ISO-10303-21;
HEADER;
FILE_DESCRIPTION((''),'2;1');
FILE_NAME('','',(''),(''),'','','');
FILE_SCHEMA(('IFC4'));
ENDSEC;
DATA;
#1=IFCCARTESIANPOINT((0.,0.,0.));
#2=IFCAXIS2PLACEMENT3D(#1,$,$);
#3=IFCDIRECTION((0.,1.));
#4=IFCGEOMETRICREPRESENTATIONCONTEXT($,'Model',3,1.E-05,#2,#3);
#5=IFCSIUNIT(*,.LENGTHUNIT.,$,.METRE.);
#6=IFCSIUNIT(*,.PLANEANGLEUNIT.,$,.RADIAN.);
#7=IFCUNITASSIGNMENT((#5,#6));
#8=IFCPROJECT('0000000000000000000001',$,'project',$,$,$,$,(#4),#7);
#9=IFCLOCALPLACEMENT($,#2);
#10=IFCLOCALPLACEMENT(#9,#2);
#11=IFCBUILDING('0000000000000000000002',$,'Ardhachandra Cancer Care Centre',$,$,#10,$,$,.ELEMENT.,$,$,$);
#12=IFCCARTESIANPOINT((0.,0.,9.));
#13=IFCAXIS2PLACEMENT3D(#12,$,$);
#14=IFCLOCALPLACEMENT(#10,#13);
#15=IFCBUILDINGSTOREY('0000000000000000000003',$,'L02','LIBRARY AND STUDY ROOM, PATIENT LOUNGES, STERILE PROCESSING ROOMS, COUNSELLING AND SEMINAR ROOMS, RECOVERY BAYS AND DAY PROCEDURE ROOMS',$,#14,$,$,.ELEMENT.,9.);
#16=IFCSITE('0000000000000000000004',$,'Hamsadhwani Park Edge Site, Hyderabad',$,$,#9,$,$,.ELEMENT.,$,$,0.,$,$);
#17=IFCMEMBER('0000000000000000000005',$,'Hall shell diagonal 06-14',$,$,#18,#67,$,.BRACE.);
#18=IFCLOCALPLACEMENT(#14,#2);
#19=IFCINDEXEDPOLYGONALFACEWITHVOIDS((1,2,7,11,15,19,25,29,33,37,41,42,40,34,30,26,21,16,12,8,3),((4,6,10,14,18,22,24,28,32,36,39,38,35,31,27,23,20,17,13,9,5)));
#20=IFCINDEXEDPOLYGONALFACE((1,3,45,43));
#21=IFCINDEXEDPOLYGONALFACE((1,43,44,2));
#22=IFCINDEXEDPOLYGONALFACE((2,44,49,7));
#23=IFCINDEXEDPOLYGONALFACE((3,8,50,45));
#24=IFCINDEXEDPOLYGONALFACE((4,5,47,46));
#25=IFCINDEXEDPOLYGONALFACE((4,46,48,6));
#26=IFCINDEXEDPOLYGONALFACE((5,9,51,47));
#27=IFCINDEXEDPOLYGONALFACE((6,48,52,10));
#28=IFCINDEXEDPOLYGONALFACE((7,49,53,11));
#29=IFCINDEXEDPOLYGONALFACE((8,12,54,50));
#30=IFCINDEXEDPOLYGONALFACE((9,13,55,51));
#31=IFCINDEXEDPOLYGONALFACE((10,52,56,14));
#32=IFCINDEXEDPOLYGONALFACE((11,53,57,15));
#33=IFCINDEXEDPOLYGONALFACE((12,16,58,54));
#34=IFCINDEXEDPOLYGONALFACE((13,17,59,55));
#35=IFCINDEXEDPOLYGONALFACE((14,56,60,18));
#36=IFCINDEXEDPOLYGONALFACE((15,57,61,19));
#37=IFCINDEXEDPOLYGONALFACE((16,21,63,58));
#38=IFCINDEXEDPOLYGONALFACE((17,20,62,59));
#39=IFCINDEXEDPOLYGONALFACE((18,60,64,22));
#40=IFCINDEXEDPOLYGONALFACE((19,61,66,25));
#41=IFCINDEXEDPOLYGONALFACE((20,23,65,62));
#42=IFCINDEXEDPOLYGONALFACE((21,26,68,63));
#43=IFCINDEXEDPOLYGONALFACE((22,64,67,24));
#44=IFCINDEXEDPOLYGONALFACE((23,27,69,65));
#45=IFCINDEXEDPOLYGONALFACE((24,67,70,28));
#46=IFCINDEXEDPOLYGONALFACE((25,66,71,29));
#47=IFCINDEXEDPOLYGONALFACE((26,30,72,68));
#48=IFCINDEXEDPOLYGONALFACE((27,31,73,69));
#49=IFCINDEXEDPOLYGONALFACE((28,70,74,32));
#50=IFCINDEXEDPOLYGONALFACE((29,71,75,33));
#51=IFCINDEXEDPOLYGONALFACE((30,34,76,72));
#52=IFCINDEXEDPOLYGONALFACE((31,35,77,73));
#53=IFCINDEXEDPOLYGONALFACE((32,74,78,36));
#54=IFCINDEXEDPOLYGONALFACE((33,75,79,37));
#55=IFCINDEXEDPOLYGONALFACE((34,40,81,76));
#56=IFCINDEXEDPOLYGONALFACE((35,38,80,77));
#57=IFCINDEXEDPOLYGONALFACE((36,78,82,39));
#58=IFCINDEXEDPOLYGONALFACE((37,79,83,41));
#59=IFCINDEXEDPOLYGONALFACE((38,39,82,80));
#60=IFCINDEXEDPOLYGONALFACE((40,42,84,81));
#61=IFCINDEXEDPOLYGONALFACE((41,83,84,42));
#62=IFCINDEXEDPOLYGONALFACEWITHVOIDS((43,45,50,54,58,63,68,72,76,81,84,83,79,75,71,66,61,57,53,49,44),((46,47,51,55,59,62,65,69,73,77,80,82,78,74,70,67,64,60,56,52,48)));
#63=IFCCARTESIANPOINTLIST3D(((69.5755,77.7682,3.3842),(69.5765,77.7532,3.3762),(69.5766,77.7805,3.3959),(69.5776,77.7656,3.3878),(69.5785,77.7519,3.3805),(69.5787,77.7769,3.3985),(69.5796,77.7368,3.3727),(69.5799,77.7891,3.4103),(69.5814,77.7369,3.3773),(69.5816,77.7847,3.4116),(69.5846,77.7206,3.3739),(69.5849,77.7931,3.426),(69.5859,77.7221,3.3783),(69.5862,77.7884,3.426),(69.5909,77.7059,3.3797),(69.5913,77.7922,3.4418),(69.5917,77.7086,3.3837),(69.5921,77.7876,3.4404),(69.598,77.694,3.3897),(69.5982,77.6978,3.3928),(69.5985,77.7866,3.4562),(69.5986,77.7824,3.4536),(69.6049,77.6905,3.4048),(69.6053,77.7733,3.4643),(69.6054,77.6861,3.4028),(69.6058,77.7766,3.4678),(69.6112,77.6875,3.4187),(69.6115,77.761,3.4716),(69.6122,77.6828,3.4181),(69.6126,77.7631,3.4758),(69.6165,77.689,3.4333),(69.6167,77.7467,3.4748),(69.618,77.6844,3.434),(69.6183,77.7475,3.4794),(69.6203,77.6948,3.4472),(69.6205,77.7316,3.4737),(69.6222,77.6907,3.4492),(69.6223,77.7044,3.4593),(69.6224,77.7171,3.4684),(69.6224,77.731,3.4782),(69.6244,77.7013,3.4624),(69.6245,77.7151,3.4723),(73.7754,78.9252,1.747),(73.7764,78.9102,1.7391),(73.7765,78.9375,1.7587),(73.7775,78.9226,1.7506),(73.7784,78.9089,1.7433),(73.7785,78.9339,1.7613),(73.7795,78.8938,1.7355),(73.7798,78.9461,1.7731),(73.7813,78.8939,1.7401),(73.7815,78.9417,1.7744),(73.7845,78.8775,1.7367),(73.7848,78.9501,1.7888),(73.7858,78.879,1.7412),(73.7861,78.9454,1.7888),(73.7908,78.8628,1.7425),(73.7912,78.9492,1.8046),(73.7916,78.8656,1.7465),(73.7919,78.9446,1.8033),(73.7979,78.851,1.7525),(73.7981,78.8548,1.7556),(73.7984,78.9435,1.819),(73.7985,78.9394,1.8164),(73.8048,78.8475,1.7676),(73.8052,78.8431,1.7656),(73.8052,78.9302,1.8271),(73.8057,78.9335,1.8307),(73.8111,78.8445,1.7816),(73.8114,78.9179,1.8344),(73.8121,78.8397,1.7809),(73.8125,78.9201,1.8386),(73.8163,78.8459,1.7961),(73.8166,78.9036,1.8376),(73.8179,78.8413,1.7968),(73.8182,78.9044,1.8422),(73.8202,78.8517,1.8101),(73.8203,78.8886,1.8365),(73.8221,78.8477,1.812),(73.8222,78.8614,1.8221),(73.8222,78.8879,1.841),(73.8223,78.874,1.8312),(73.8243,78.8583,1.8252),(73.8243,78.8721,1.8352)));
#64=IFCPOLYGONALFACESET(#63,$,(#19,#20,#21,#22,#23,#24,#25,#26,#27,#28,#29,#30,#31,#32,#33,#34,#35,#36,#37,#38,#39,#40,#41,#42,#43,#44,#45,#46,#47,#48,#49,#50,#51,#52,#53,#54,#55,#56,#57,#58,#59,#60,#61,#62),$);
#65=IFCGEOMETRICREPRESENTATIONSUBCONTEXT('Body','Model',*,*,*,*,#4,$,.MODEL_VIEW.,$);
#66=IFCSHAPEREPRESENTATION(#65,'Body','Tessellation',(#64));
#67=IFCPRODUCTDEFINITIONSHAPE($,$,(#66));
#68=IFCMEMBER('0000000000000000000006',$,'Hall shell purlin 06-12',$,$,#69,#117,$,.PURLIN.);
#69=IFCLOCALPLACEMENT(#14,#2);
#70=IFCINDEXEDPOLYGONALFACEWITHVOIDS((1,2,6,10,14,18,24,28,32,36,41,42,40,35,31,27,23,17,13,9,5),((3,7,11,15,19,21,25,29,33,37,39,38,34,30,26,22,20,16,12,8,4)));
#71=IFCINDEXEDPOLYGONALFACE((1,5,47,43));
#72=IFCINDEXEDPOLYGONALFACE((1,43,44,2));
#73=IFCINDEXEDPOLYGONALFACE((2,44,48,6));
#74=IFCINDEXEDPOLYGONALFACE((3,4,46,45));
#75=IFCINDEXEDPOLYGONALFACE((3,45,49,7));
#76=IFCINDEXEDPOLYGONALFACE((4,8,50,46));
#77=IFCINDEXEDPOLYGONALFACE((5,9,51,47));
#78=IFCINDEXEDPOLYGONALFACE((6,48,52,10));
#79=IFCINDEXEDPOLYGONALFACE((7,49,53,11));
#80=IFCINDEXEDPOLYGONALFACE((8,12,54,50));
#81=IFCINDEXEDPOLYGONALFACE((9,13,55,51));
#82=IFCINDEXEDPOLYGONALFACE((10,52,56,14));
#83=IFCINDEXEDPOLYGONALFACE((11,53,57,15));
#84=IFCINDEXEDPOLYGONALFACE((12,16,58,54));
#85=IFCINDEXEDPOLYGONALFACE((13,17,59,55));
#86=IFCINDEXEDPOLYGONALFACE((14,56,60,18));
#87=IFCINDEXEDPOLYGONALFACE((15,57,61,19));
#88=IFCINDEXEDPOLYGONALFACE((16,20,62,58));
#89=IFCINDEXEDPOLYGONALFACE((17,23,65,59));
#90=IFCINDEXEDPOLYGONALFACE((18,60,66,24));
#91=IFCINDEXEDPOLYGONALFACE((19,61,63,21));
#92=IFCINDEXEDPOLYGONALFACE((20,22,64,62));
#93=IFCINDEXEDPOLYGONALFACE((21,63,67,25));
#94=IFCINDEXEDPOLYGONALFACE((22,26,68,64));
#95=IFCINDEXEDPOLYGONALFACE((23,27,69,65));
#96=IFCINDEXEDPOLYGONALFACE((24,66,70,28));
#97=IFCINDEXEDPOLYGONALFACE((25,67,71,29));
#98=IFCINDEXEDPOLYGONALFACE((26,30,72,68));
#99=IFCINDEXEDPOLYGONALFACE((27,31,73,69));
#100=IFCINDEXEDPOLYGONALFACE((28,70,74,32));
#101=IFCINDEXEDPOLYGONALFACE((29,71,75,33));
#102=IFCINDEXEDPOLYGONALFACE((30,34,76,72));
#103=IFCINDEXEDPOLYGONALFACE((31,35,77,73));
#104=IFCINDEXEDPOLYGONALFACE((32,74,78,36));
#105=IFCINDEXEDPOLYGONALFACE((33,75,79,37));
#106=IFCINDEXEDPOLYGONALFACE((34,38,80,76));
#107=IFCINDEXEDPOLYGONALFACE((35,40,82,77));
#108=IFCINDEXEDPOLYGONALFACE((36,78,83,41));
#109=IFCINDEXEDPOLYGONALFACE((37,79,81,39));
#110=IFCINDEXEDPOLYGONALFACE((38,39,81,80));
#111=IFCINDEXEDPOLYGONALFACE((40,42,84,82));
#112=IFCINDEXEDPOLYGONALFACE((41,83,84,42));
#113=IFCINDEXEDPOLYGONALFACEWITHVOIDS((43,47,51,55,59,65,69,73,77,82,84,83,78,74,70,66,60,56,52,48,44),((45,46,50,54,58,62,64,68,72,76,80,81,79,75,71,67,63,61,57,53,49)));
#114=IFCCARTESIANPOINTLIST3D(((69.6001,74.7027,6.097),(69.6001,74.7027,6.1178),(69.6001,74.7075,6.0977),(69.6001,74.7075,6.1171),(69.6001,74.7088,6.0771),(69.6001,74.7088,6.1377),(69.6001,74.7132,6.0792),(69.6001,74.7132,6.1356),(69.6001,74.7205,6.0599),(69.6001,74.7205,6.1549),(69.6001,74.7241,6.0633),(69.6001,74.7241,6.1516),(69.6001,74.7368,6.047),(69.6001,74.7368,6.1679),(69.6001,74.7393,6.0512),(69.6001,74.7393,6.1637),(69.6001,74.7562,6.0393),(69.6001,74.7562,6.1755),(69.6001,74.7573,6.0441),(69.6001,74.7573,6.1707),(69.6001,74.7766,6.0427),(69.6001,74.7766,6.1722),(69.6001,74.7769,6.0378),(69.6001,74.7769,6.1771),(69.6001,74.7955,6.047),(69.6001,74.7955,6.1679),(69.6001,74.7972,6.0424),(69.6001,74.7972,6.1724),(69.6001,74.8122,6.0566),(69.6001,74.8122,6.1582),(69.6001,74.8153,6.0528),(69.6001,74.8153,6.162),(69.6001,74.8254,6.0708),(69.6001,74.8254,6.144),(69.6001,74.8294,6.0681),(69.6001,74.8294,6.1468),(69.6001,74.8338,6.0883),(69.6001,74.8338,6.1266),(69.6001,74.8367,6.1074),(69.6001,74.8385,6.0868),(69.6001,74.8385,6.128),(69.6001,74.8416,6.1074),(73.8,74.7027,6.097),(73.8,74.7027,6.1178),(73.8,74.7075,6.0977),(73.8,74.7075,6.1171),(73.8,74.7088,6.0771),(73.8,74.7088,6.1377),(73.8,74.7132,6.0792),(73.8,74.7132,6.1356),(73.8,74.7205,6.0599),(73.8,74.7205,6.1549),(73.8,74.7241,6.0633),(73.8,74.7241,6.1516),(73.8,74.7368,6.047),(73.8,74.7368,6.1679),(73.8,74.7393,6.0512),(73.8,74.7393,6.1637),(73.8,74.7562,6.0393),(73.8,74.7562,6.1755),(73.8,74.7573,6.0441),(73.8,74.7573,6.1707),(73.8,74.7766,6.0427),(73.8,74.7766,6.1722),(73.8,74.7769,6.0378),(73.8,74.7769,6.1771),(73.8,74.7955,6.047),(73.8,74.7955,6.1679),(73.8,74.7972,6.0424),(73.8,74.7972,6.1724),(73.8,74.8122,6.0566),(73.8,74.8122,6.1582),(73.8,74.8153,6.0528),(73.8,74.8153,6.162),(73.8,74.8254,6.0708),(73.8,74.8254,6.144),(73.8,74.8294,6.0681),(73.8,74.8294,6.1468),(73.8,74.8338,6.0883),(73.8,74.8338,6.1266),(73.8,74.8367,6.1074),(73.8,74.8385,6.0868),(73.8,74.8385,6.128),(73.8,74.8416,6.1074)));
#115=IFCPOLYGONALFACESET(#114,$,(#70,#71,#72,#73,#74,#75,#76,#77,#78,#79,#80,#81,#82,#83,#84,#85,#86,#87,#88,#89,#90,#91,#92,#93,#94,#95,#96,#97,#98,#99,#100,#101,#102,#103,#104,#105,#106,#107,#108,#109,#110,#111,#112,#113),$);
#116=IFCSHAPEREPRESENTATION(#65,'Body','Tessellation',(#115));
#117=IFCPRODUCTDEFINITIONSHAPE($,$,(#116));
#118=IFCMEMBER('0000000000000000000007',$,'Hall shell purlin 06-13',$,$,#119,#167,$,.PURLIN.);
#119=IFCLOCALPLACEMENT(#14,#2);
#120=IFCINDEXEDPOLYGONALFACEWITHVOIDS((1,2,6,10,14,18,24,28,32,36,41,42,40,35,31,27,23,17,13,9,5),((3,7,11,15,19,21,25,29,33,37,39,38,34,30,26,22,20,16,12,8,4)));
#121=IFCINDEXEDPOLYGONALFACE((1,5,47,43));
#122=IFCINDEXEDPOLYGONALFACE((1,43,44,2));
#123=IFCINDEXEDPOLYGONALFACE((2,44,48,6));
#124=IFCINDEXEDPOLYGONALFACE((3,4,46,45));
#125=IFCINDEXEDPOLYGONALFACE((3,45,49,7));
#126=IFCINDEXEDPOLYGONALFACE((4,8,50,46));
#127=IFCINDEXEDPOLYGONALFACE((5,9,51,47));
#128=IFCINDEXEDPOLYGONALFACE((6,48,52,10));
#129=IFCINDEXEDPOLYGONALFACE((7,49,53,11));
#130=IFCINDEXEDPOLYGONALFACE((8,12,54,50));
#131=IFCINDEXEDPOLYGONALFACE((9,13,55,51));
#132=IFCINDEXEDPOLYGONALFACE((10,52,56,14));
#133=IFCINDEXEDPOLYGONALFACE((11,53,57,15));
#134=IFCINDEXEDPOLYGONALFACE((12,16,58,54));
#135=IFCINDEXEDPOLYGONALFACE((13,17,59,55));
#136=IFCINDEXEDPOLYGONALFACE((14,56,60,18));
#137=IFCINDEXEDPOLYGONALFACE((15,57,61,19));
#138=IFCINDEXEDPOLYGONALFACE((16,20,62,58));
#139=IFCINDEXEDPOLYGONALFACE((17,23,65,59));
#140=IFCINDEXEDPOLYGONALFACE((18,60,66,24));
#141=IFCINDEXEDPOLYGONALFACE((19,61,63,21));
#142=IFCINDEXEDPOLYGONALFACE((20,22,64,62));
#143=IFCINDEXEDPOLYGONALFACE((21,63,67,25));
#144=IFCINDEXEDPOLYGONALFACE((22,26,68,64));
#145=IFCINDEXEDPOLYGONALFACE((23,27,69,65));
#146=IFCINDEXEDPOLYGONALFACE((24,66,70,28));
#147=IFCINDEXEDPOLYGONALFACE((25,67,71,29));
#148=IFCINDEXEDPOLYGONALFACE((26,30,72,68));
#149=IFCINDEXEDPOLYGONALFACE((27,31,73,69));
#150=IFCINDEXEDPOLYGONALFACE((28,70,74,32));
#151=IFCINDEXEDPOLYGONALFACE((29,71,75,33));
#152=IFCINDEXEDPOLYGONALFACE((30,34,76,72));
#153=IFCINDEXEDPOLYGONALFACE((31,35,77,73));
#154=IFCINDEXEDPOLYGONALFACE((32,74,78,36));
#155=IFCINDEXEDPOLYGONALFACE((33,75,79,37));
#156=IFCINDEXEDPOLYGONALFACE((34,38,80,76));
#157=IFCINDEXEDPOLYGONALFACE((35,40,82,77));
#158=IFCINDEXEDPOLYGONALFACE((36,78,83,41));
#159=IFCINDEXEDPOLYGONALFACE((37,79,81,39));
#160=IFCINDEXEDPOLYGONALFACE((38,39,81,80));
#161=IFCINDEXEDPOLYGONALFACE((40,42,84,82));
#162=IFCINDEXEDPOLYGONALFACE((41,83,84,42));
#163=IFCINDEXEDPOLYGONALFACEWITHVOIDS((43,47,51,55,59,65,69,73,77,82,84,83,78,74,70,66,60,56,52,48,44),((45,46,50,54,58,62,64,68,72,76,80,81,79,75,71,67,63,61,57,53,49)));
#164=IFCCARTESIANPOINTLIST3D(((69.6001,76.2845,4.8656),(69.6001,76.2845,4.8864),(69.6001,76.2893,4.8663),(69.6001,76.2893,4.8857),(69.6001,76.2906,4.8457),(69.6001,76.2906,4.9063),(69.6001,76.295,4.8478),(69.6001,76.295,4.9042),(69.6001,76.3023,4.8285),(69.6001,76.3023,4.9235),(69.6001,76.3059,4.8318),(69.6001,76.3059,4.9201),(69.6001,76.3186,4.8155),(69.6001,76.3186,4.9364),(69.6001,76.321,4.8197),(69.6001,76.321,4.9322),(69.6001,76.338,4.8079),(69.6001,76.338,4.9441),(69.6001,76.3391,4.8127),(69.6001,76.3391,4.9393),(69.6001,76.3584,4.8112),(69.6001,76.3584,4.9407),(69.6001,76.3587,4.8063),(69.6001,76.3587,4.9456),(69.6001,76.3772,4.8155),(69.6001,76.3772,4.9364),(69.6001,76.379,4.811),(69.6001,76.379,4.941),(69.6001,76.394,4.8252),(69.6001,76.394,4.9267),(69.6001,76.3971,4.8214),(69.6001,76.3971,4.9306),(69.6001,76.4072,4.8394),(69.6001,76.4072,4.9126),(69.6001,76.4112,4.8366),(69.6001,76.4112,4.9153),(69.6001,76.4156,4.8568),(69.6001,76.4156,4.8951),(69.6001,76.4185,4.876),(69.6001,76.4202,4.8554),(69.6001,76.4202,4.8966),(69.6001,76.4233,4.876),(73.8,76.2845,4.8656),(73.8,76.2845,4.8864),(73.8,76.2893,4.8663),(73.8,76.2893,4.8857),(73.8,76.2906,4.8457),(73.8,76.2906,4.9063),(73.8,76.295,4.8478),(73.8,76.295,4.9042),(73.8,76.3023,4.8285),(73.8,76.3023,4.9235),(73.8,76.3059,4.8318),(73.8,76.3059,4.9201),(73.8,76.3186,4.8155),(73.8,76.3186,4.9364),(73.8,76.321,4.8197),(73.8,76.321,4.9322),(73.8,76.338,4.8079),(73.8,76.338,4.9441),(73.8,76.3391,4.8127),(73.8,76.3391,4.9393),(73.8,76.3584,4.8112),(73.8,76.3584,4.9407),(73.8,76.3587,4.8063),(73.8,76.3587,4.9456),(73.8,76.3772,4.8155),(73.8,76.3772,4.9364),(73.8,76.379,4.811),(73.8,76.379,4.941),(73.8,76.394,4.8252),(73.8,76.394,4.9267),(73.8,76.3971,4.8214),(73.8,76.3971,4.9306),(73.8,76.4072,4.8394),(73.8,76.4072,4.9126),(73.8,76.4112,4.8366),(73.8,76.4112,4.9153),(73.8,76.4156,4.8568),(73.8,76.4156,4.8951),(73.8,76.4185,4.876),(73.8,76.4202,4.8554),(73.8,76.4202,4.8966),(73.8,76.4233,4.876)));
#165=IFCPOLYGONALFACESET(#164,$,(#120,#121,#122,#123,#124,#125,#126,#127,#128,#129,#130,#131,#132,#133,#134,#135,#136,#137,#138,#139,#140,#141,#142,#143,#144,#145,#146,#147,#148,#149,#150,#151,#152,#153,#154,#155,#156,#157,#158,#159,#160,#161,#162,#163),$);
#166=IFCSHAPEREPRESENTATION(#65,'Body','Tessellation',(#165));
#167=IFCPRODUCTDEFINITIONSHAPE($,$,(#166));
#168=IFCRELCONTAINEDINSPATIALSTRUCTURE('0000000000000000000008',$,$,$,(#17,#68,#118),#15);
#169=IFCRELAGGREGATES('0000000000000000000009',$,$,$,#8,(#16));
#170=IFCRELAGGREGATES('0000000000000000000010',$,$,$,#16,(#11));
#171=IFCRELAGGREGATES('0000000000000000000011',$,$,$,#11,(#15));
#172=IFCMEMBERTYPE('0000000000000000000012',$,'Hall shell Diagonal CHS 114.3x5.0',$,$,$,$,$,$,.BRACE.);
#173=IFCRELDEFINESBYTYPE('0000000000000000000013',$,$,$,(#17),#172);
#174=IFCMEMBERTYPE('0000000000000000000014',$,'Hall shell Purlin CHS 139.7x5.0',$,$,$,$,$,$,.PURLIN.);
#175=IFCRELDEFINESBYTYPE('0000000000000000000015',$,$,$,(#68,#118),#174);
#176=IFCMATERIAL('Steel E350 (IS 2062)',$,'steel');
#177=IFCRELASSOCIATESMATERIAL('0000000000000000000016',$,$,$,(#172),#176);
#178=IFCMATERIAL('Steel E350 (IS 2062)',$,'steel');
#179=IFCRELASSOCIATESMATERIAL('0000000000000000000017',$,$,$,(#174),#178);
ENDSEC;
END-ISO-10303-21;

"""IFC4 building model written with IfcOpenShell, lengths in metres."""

from ifc_helpers import new_model, si_unit, direction, frame, origin, origin_2d, place, context, subcontext, project, spatial, hollow_circle, extrude, material, material_profile, profile_set, type_object, element, save


model = new_model("IFC4")

# Units and contexts
model_context = context("Model", 3, precision=1e-05, world=origin(), true_north=direction((0.0, 1.0)))
body_context = subcontext(model_context, "Body", "Model", "MODEL_VIEW")
ifc_project = project(units=[si_unit("LENGTHUNIT", "METRE"), si_unit("PLANEANGLEUNIT", "RADIAN")], contexts=[model_context])

# Site, building, storey
site_placement = place(None, origin())
site = spatial("IfcSite", under=ifc_project, at=site_placement, Name="Hamsadhwani Park Edge Site, Hyderabad", CompositionType="ELEMENT", RefElevation=0.0)
building_placement = place(site_placement, origin())
building = spatial("IfcBuilding", under=site, at=building_placement, Name="Ardhachandra Cancer Care Centre", CompositionType="ELEMENT")
storey_placement = place(building_placement, frame((0.0, 0.0, 9.0)))
storey = spatial("IfcBuildingStorey", under=building, at=storey_placement, Name="L02", Description="LIBRARY AND STUDY ROOM, PATIENT LOUNGES, STERILE PROCESSING ROOMS, COUNSELLING AND SEMINAR ROOMS, RECOVERY BAYS AND DAY PROCEDURE ROOMS", CompositionType="ELEMENT", Elevation=9.0)

# Members
ifc_material_1 = material(Name="Steel E350 (IS 2062)", Category="steel")
ifc_material_profile_1 = material_profile(ifc_material_1, hollow_circle(Radius=0.0571, WallThickness=0.0049, at=origin_2d()), Name="CHS 114.3x5.0")
ifc_profile_set_1 = profile_set([ifc_material_profile_1], Name="Steel E350 (IS 2062)")
member_type_1 = type_object("IfcMemberType", Name="Hall shell Diagonal CHS 114.3x5.0", PredefinedType="BRACE", material=ifc_profile_set_1)
for number, where, z_axis, x_axis, name in (
    (1, (69.6001, 77.738, 3.426), (0.902461, 0.248606, -0.351794), (-0.265582, 0.964088, 0.0), "Hall shell diagonal 06-14"),
):
    element("IfcMember", number, at=place(storey_placement, frame(where, z_axis=z_axis, x_axis=x_axis)), inside=storey, type_object=member_type_1, Name=name, PredefinedType="BRACE", context=body_context, shape_type="SweptSolid", body=[
        extrude(hollow_circle(Radius=0.0571, WallThickness=0.0049, at=origin_2d()), origin(), (0.0, 0.0, 1.0), 4.6538),
    ])
ifc_material_2 = material(Name="Steel E350 (IS 2062)", Category="steel")
ifc_material_profile_2 = material_profile(ifc_material_2, hollow_circle(Radius=0.0698, WallThickness=0.0049, at=origin_2d()), Name="CHS 139.7x5.0")
ifc_profile_set_2 = profile_set([ifc_material_profile_2], Name="Steel E350 (IS 2062)")
member_type_2 = type_object("IfcMemberType", Name="Hall shell Purlin CHS 139.7x5.0", PredefinedType="PURLIN", material=ifc_profile_set_2)
for number, where, z_axis, x_axis, name in (
    (2, (69.6001, 74.7717, 6.1074), (1.0, 0.0, 0.0), (0.0, 1.0, 0.0), "Hall shell purlin 06-12"),
    (3, (69.6001, 76.3535, 4.876), (1.0, 0.0, 0.0), (0.0, 1.0, 0.0), "Hall shell purlin 06-13"),
):
    element("IfcMember", number, at=place(storey_placement, frame(where, z_axis=z_axis, x_axis=x_axis)), inside=storey, type_object=member_type_2, Name=name, PredefinedType="PURLIN", context=body_context, shape_type="SweptSolid", body=[
        extrude(hollow_circle(Radius=0.0698, WallThickness=0.0049, at=origin_2d()), origin(), (0.0, 0.0, 1.0), 4.2),
    ])

save(model, "model.ifc")
